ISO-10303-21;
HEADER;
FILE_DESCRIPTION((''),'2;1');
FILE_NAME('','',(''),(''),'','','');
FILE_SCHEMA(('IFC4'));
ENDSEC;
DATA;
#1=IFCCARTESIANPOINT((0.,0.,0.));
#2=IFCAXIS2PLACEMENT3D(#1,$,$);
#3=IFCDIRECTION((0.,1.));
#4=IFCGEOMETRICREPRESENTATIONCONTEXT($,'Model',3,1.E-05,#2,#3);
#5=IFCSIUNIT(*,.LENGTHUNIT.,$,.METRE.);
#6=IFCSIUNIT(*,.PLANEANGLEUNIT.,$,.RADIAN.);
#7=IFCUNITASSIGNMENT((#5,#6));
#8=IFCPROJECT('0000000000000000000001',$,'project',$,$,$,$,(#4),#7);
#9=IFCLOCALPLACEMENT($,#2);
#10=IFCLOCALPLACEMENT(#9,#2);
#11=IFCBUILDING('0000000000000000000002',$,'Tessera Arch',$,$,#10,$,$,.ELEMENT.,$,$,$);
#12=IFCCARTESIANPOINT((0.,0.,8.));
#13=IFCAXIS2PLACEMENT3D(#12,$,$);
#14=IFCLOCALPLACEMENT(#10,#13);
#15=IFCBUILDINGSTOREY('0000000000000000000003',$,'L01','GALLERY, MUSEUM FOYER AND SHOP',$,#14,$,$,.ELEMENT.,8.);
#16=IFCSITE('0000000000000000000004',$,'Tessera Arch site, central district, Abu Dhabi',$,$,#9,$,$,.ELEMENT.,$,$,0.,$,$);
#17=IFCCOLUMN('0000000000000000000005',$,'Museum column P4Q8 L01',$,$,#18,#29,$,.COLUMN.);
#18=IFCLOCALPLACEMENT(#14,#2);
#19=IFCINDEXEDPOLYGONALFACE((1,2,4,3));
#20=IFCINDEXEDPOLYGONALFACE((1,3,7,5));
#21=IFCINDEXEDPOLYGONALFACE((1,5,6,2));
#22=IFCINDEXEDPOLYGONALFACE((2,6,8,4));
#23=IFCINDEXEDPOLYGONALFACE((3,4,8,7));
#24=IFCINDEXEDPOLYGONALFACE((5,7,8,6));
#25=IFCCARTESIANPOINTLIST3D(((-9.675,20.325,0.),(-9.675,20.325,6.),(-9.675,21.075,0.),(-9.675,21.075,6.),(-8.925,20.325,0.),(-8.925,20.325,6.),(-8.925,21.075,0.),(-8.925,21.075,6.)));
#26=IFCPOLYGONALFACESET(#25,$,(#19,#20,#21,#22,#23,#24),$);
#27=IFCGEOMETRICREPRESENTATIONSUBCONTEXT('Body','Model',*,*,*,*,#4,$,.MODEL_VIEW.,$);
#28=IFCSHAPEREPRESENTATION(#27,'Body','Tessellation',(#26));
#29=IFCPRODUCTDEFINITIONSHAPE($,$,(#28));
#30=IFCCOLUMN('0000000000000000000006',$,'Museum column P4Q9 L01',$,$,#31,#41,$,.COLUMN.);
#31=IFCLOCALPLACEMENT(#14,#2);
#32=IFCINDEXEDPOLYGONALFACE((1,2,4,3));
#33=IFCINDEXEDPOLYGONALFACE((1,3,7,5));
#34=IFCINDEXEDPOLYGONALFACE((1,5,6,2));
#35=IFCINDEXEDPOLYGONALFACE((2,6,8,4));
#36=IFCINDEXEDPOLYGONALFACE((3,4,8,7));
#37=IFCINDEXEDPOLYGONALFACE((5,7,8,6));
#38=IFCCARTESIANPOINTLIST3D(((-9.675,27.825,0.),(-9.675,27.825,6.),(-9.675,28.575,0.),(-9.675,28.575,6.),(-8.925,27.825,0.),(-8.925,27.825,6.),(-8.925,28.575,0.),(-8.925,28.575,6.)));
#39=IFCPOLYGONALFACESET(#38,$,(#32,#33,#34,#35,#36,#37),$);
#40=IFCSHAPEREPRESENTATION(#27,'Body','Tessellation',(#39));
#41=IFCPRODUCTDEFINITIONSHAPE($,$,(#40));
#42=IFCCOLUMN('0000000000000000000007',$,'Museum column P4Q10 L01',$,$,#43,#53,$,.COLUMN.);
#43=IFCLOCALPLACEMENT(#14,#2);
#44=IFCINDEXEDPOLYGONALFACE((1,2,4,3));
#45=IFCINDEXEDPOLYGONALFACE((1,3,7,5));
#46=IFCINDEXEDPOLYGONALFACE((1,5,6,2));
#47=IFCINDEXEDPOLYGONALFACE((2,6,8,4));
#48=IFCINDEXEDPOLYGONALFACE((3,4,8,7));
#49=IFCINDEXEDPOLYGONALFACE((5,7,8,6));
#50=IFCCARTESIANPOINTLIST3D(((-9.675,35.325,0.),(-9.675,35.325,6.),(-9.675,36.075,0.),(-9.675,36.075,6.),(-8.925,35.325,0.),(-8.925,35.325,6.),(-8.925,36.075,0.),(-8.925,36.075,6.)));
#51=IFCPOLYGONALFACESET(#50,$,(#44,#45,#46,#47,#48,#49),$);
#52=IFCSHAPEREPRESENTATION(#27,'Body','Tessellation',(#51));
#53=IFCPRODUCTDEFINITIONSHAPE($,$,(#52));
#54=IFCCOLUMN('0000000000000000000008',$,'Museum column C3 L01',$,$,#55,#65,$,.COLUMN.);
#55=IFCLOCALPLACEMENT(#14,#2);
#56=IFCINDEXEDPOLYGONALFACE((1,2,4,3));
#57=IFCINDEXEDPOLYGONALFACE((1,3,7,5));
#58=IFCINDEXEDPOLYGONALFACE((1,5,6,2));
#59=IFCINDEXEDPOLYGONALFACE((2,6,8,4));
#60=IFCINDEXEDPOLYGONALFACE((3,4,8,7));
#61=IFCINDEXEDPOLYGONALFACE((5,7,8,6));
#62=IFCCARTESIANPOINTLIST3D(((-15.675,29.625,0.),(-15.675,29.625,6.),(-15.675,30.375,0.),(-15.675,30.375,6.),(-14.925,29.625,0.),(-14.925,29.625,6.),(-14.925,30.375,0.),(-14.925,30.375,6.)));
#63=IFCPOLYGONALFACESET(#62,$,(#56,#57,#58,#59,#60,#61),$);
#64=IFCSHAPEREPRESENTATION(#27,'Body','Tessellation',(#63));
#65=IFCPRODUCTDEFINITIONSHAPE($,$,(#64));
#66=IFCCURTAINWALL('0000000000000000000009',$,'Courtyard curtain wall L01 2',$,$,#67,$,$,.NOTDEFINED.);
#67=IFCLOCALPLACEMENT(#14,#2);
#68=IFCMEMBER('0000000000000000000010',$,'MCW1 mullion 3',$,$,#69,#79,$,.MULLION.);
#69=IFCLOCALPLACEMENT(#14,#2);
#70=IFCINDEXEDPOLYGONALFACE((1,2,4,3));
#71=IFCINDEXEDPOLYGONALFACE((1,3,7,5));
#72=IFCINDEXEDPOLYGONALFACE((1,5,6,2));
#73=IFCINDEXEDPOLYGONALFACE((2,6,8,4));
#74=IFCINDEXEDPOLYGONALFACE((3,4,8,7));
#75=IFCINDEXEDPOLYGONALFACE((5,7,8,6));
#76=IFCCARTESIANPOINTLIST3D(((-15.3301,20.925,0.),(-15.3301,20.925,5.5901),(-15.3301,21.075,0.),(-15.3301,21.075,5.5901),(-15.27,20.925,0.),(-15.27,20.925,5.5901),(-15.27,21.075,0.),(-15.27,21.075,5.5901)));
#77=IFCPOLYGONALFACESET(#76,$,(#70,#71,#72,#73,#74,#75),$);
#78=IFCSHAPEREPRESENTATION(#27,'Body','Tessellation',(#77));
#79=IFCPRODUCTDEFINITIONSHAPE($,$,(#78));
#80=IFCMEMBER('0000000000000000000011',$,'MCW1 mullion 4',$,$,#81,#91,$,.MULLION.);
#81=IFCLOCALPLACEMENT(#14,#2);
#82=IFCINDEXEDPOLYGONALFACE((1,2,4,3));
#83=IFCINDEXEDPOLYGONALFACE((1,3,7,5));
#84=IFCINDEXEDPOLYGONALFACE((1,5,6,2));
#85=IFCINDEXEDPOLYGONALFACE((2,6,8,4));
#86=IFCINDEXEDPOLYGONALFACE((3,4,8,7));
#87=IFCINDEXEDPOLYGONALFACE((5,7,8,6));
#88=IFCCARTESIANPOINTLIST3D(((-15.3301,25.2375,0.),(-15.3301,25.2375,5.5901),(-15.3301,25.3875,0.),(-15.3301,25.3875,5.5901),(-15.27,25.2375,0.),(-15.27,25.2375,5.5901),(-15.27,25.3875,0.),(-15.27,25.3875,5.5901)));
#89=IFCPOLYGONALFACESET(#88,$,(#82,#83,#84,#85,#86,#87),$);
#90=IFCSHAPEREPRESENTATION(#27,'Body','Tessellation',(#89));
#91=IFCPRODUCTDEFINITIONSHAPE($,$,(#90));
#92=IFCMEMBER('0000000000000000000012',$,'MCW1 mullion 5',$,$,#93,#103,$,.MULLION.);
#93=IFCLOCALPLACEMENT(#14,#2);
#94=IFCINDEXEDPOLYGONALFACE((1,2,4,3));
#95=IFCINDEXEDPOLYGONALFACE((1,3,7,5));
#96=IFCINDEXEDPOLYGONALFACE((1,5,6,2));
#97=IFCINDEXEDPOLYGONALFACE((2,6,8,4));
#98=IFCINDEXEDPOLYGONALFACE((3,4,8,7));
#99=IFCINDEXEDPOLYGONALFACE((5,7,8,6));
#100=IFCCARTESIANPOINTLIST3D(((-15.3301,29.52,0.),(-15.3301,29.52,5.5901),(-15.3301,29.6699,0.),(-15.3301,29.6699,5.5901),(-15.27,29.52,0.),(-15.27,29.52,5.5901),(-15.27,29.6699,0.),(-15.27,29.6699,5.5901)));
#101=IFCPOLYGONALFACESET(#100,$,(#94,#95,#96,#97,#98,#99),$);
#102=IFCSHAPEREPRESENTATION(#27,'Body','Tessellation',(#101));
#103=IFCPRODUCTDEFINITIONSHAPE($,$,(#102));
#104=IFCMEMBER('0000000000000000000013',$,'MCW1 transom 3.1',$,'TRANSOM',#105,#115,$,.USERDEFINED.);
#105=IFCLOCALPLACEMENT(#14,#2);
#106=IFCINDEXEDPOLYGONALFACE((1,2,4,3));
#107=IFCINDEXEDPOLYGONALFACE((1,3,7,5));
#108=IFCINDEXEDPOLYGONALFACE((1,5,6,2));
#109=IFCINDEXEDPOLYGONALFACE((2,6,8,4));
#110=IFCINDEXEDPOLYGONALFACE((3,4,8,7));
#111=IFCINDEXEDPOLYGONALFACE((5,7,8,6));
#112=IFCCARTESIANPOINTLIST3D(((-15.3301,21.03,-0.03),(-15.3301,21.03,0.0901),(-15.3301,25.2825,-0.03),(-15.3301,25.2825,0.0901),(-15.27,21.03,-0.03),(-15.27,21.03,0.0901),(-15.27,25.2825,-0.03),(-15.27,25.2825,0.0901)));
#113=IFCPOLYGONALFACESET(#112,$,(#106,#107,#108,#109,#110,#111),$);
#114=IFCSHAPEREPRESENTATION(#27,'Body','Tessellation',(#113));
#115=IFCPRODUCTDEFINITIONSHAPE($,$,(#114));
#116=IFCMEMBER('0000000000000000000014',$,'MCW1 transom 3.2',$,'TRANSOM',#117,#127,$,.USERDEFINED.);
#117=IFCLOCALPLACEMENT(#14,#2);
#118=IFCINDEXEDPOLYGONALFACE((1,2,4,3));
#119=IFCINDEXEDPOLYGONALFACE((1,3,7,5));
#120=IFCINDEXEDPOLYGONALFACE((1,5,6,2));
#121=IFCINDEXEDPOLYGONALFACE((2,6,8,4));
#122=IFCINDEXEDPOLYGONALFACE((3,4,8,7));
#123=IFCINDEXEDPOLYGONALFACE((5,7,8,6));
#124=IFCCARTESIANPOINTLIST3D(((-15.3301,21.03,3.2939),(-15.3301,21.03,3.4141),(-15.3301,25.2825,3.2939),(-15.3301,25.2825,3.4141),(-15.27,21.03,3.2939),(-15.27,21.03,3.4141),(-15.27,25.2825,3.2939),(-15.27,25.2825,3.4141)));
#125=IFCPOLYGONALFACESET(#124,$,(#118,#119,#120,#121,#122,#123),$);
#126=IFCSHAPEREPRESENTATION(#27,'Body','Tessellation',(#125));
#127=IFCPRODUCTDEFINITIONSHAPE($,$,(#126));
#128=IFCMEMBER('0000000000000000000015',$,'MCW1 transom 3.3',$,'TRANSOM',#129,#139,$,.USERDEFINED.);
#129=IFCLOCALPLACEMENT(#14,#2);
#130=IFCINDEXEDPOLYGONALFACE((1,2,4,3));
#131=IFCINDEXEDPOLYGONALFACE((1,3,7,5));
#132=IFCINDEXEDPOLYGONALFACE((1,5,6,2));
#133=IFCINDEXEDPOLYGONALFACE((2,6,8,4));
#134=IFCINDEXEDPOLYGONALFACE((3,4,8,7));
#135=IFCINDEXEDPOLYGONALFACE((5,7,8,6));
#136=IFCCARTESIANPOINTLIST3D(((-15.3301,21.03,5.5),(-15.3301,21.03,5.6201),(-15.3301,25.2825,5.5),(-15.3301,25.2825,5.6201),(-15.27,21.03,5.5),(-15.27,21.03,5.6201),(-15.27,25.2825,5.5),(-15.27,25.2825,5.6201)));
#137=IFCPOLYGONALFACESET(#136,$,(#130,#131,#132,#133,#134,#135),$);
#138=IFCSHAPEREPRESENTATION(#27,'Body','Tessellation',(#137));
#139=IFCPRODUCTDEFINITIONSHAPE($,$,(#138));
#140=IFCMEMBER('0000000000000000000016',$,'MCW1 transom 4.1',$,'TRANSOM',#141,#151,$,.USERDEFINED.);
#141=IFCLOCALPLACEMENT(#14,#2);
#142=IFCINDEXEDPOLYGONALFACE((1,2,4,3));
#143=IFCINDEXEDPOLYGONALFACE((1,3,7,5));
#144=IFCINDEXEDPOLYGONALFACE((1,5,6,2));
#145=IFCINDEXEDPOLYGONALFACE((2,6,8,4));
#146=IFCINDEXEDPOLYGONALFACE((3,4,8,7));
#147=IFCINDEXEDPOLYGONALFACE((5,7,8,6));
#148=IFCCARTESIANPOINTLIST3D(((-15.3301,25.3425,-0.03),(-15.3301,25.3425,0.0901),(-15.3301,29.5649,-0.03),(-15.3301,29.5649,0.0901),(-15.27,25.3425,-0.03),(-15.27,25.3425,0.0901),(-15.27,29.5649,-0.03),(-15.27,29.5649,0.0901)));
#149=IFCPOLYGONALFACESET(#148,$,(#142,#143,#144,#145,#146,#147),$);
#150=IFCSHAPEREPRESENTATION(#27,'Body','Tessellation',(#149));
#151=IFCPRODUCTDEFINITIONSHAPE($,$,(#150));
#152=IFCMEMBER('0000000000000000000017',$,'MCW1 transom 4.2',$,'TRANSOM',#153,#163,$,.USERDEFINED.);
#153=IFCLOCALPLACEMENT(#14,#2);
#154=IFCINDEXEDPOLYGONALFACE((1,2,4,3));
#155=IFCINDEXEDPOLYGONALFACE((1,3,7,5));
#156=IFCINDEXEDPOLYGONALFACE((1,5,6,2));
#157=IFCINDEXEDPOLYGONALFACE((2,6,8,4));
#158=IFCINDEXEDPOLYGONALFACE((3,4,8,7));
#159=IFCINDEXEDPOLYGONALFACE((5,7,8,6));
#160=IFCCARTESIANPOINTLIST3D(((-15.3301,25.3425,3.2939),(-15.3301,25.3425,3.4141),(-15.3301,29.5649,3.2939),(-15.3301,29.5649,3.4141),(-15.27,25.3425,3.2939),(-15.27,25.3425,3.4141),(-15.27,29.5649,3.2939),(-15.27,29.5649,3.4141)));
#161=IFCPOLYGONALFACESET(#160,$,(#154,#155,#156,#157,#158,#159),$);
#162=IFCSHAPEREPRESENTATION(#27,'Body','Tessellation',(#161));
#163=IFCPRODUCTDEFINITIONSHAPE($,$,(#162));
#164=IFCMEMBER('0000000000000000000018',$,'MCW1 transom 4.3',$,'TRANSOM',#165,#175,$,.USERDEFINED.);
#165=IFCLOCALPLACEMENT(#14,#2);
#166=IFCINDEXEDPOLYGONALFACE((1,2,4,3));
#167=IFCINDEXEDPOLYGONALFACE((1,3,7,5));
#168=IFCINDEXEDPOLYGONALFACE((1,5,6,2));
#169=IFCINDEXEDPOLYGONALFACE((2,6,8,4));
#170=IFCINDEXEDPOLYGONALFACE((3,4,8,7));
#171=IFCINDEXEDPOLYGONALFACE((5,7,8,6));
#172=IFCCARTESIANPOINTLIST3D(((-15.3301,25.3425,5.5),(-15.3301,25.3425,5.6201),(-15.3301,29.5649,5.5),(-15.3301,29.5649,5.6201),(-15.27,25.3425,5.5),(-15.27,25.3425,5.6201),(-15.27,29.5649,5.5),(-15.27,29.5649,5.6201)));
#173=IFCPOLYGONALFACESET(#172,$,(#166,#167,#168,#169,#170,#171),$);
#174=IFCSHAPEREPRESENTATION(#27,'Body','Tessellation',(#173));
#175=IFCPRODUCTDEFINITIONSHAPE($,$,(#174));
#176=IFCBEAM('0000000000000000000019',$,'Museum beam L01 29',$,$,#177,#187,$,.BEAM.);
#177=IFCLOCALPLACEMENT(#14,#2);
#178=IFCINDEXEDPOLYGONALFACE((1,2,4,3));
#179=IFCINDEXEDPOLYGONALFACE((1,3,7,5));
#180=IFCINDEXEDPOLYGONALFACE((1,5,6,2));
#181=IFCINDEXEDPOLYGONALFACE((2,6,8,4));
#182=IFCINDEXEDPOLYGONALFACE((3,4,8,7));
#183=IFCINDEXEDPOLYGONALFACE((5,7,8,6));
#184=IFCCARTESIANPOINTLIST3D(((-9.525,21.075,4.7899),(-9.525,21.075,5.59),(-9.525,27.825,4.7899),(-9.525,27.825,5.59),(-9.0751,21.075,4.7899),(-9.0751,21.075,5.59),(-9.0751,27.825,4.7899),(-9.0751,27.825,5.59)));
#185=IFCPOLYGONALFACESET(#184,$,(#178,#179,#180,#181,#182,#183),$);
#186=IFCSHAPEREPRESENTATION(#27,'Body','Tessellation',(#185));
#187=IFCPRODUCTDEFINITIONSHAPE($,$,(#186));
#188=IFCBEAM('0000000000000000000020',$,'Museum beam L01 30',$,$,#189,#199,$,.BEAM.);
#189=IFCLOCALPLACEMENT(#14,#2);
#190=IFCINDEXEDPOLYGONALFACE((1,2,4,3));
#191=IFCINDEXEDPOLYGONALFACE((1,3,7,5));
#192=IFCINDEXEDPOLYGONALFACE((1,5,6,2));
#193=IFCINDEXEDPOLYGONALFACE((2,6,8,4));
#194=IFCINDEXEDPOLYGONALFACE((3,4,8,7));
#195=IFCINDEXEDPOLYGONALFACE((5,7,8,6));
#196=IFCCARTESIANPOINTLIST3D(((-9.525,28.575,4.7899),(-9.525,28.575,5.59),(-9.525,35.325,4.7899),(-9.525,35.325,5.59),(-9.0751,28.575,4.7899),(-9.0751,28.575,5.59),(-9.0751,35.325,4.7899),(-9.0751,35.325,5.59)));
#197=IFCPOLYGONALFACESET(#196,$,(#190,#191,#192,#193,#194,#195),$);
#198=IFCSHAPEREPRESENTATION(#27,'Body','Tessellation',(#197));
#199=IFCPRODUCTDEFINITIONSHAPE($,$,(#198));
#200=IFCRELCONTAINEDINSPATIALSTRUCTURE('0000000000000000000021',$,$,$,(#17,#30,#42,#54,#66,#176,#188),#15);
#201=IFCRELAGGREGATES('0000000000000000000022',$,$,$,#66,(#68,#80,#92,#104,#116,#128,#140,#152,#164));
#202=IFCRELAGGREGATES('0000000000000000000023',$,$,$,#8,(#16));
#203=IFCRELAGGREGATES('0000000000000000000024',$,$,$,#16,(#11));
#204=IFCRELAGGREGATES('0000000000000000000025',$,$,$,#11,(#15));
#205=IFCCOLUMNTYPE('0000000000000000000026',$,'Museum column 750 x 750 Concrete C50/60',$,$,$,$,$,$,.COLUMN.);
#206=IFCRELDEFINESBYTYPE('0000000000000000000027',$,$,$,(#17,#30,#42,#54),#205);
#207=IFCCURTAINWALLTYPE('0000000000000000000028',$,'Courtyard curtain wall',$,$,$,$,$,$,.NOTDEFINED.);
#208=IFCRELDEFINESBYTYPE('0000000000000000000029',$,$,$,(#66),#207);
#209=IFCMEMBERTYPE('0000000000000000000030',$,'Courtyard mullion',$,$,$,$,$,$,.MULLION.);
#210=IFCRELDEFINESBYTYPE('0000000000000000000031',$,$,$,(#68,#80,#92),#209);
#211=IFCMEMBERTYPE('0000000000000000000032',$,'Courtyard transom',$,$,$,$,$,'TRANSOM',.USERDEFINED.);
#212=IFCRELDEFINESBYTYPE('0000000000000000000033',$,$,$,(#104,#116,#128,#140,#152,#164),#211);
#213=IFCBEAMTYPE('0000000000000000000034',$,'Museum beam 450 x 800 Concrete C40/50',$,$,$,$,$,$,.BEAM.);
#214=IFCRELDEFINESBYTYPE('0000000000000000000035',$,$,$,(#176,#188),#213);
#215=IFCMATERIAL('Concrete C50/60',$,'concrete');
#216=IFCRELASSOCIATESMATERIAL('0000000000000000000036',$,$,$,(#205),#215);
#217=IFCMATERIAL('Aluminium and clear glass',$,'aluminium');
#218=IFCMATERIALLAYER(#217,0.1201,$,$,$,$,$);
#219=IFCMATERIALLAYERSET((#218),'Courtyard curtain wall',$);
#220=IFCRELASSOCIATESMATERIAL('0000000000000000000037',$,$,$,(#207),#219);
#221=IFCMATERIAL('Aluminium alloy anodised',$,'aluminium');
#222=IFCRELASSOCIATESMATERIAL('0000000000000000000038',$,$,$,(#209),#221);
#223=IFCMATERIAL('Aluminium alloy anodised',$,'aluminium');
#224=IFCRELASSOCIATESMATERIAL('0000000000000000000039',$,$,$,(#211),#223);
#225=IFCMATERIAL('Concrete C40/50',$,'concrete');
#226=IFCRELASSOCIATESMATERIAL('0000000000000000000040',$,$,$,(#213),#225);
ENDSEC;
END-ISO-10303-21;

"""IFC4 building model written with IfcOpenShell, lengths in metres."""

from ifc_helpers import new_model, si_unit, direction, frame, origin, origin_2d, place, context, subcontext, project, spatial, rectangle, extrude, material, layer, layer_set, material_profile, profile_set, type_object, element, aggregate, save


model = new_model("IFC4")

# Units and contexts
model_context = context("Model", 3, precision=1e-05, world=origin(), true_north=direction((0.0, 1.0)))
body_context = subcontext(model_context, "Body", "Model", "MODEL_VIEW")
ifc_project = project(units=[si_unit("LENGTHUNIT", "METRE"), si_unit("PLANEANGLEUNIT", "RADIAN")], contexts=[model_context])

# Site, building, storey
site_placement = place(None, origin())
site = spatial("IfcSite", under=ifc_project, at=site_placement, Name="Tessera Arch site, central district, Abu Dhabi", CompositionType="ELEMENT", RefElevation=0.0)
building_placement = place(site_placement, origin())
building = spatial("IfcBuilding", under=site, at=building_placement, Name="Tessera Arch", CompositionType="ELEMENT")
storey_placement = place(building_placement, frame((0.0, 0.0, 8.0)))
storey = spatial("IfcBuildingStorey", under=building, at=storey_placement, Name="L01", Description="GALLERY, MUSEUM FOYER AND SHOP", CompositionType="ELEMENT", Elevation=8.0)

# Columns
ifc_material_1 = material(Name="Concrete C50/60", Category="concrete")
ifc_material_profile_1 = material_profile(ifc_material_1, rectangle(XDim=0.75, YDim=0.75, at=origin_2d()), Name="Museum column 750 x 750 Concrete C50/60")
ifc_profile_set_1 = profile_set([ifc_material_profile_1], Name="Concrete C50/60")
column_type = type_object("IfcColumnType", Name="Museum column 750 x 750 Concrete C50/60", PredefinedType="COLUMN", material=ifc_profile_set_1)
for number, where, z_axis, x_axis, name in (
    (1, (-9.3, 20.7, 0.0), (0.0, 0.0, 1.0), (1.0, 0.0, 0.0), "Museum column P4Q8 L01"),
    (2, (-9.3, 28.2, 0.0), (0.0, 0.0, 1.0), (1.0, 0.0, 0.0), "Museum column P4Q9 L01"),
    (3, (-9.3, 35.7, 0.0), (0.0, 0.0, 1.0), (1.0, 0.0, 0.0), "Museum column P4Q10 L01"),
    (4, (-15.3, 30.0, 0.0), (0.0, 0.0, 1.0), (1.0, 0.0, 0.0), "Museum column C3 L01"),
):
    element("IfcColumn", number, at=place(storey_placement, frame(where, z_axis=z_axis, x_axis=x_axis)), inside=storey, type_object=column_type, Name=name, PredefinedType="COLUMN", context=body_context, shape_type="SweptSolid", body=[
        extrude(rectangle(XDim=0.75, YDim=0.75, at=origin_2d()), origin(), (0.0, 0.0, 1.0), 6.0),
    ])

# Curtain wall, members
ifc_material_2 = material(Name="Aluminium and clear glass", Category="aluminium")
ifc_layer_1 = layer(ifc_material_2, 0.1201)
ifc_layer_set_1 = layer_set([ifc_layer_1], Name="Courtyard curtain wall")
curtain_wall_type = type_object("IfcCurtainWallType", Name="Courtyard curtain wall", PredefinedType="NOTDEFINED", material=ifc_layer_set_1)
curtain_wall_placement = place(storey_placement, origin())
curtain_wall = element("IfcCurtainWall", 5, at=curtain_wall_placement, inside=storey, type_object=curtain_wall_type, Name="Courtyard curtain wall L01 2", PredefinedType="NOTDEFINED")
ifc_material_3 = material(Name="Aluminium alloy anodised", Category="aluminium")
ifc_material_profile_2 = material_profile(ifc_material_3, rectangle(XDim=0.0601, YDim=0.1499, at=origin_2d()), Name="Courtyard mullion")
ifc_profile_set_2 = profile_set([ifc_material_profile_2], Name="Aluminium alloy anodised")
member_type_1 = type_object("IfcMemberType", Name="Courtyard mullion", PredefinedType="MULLION", material=ifc_profile_set_2)
member_1_placement = place(storey_placement, frame((-15.3, 21.0, 0.0), z_axis=(0.0, 0.0, 1.0), x_axis=(-1.0, 0.0, 0.0)))
member_1 = element("IfcMember", 6, at=member_1_placement, type_object=member_type_1, Name="MCW1 mullion 3", PredefinedType="MULLION", context=body_context, shape_type="SweptSolid", body=[
    extrude(rectangle(XDim=0.0601, YDim=0.1499, at=origin_2d()), origin(), (0.0, 0.0, 1.0), 5.5901),
])
member_2_placement = place(storey_placement, frame((-15.3, 25.3125, 0.0), z_axis=(0.0, 0.0, 1.0), x_axis=(-1.0, 0.0, 0.0)))
member_2 = element("IfcMember", 7, at=member_2_placement, type_object=member_type_1, Name="MCW1 mullion 4", PredefinedType="MULLION", context=body_context, shape_type="SweptSolid", body=[
    extrude(rectangle(XDim=0.0601, YDim=0.1499, at=origin_2d()), origin(), (0.0, 0.0, 1.0), 5.5901),
])
member_3_placement = place(storey_placement, frame((-15.3, 29.595, 0.0), z_axis=(0.0, 0.0, 1.0), x_axis=(-1.0, 0.0, 0.0)))
member_3 = element("IfcMember", 8, at=member_3_placement, type_object=member_type_1, Name="MCW1 mullion 5", PredefinedType="MULLION", context=body_context, shape_type="SweptSolid", body=[
    extrude(rectangle(XDim=0.0601, YDim=0.1499, at=origin_2d()), origin(), (0.0, 0.0, 1.0), 5.5901),
])
ifc_material_4 = material(Name="Aluminium alloy anodised", Category="aluminium")
ifc_material_profile_3 = material_profile(ifc_material_4, rectangle(XDim=0.0601, YDim=0.1201, at=origin_2d()), Name="Courtyard transom")
ifc_profile_set_3 = profile_set([ifc_material_profile_3], Name="Aluminium alloy anodised")
member_type_2 = type_object("IfcMemberType", Name="Courtyard transom", ElementType="TRANSOM", PredefinedType="USERDEFINED", material=ifc_profile_set_3)
member_4_placement = place(storey_placement, frame((-15.3, 21.03, 0.03), z_axis=(0.0, 1.0, 0.0), x_axis=(-1.0, 0.0, 0.0)))
member_4 = element("IfcMember", 9, at=member_4_placement, type_object=member_type_2, Name="MCW1 transom 3.1", ObjectType="TRANSOM", PredefinedType="USERDEFINED", context=body_context, shape_type="SweptSolid", body=[
    extrude(rectangle(XDim=0.0601, YDim=0.1201, at=origin_2d()), origin(), (0.0, 0.0, 1.0), 4.2524),
])
member_5_placement = place(storey_placement, frame((-15.3, 21.03, 3.354), z_axis=(0.0, 1.0, 0.0), x_axis=(-1.0, 0.0, 0.0)))
member_5 = element("IfcMember", 10, at=member_5_placement, type_object=member_type_2, Name="MCW1 transom 3.2", ObjectType="TRANSOM", PredefinedType="USERDEFINED", context=body_context, shape_type="SweptSolid", body=[
    extrude(rectangle(XDim=0.0601, YDim=0.1201, at=origin_2d()), origin(), (0.0, 0.0, 1.0), 4.2524),
])
member_6_placement = place(storey_placement, frame((-15.3, 21.03, 5.5601), z_axis=(0.0, 1.0, 0.0), x_axis=(-1.0, 0.0, 0.0)))
member_6 = element("IfcMember", 11, at=member_6_placement, type_object=member_type_2, Name="MCW1 transom 3.3", ObjectType="TRANSOM", PredefinedType="USERDEFINED", context=body_context, shape_type="SweptSolid", body=[
    extrude(rectangle(XDim=0.0601, YDim=0.1201, at=origin_2d()), origin(), (0.0, 0.0, 1.0), 4.2524),
])
member_7_placement = place(storey_placement, frame((-15.3, 25.3425, 0.03), z_axis=(0.0, 1.0, 0.0), x_axis=(-1.0, 0.0, 0.0)))
member_7 = element("IfcMember", 12, at=member_7_placement, type_object=member_type_2, Name="MCW1 transom 4.1", ObjectType="TRANSOM", PredefinedType="USERDEFINED", context=body_context, shape_type="SweptSolid", body=[
    extrude(rectangle(XDim=0.0601, YDim=0.1201, at=origin_2d()), origin(), (0.0, 0.0, 1.0), 4.2224),
])
member_8_placement = place(storey_placement, frame((-15.3, 25.3425, 3.354), z_axis=(0.0, 1.0, 0.0), x_axis=(-1.0, 0.0, 0.0)))
member_8 = element("IfcMember", 13, at=member_8_placement, type_object=member_type_2, Name="MCW1 transom 4.2", ObjectType="TRANSOM", PredefinedType="USERDEFINED", context=body_context, shape_type="SweptSolid", body=[
    extrude(rectangle(XDim=0.0601, YDim=0.1201, at=origin_2d()), origin(), (0.0, 0.0, 1.0), 4.2224),
])
member_9_placement = place(storey_placement, frame((-15.3, 25.3425, 5.5601), z_axis=(0.0, 1.0, 0.0), x_axis=(-1.0, 0.0, 0.0)))
member_9 = element("IfcMember", 14, at=member_9_placement, type_object=member_type_2, Name="MCW1 transom 4.3", ObjectType="TRANSOM", PredefinedType="USERDEFINED", context=body_context, shape_type="SweptSolid", body=[
    extrude(rectangle(XDim=0.0601, YDim=0.1201, at=origin_2d()), origin(), (0.0, 0.0, 1.0), 4.2224),
])

# Beams
ifc_material_5 = material(Name="Concrete C40/50", Category="concrete")
ifc_material_profile_4 = material_profile(ifc_material_5, rectangle(XDim=0.45, YDim=0.8, at=origin_2d()), Name="Museum beam 450 x 800 Concrete C40/50")
ifc_profile_set_4 = profile_set([ifc_material_profile_4], Name="Concrete C40/50")
beam_type = type_object("IfcBeamType", Name="Museum beam 450 x 800 Concrete C40/50", PredefinedType="BEAM", material=ifc_profile_set_4)
for number, where, z_axis, x_axis, name in (
    (15, (-9.3, 21.075, 5.1899), (0.0, 1.0, 0.0), (-1.0, 0.0, 0.0), "Museum beam L01 29"),
    (16, (-9.3, 28.575, 5.1899), (0.0, 1.0, 0.0), (-1.0, 0.0, 0.0), "Museum beam L01 30"),
):
    element("IfcBeam", number, at=place(storey_placement, frame(where, z_axis=z_axis, x_axis=x_axis)), inside=storey, type_object=beam_type, Name=name, PredefinedType="BEAM", context=body_context, shape_type="SweptSolid", body=[
        extrude(rectangle(XDim=0.45, YDim=0.8, at=origin_2d()), origin(), (0.0, 0.0, 1.0), 6.75),
    ])

aggregate(curtain_wall, [member_1, member_2, member_3, member_4, member_5, member_6, member_7, member_8, member_9])

save(model, "model.ifc")
